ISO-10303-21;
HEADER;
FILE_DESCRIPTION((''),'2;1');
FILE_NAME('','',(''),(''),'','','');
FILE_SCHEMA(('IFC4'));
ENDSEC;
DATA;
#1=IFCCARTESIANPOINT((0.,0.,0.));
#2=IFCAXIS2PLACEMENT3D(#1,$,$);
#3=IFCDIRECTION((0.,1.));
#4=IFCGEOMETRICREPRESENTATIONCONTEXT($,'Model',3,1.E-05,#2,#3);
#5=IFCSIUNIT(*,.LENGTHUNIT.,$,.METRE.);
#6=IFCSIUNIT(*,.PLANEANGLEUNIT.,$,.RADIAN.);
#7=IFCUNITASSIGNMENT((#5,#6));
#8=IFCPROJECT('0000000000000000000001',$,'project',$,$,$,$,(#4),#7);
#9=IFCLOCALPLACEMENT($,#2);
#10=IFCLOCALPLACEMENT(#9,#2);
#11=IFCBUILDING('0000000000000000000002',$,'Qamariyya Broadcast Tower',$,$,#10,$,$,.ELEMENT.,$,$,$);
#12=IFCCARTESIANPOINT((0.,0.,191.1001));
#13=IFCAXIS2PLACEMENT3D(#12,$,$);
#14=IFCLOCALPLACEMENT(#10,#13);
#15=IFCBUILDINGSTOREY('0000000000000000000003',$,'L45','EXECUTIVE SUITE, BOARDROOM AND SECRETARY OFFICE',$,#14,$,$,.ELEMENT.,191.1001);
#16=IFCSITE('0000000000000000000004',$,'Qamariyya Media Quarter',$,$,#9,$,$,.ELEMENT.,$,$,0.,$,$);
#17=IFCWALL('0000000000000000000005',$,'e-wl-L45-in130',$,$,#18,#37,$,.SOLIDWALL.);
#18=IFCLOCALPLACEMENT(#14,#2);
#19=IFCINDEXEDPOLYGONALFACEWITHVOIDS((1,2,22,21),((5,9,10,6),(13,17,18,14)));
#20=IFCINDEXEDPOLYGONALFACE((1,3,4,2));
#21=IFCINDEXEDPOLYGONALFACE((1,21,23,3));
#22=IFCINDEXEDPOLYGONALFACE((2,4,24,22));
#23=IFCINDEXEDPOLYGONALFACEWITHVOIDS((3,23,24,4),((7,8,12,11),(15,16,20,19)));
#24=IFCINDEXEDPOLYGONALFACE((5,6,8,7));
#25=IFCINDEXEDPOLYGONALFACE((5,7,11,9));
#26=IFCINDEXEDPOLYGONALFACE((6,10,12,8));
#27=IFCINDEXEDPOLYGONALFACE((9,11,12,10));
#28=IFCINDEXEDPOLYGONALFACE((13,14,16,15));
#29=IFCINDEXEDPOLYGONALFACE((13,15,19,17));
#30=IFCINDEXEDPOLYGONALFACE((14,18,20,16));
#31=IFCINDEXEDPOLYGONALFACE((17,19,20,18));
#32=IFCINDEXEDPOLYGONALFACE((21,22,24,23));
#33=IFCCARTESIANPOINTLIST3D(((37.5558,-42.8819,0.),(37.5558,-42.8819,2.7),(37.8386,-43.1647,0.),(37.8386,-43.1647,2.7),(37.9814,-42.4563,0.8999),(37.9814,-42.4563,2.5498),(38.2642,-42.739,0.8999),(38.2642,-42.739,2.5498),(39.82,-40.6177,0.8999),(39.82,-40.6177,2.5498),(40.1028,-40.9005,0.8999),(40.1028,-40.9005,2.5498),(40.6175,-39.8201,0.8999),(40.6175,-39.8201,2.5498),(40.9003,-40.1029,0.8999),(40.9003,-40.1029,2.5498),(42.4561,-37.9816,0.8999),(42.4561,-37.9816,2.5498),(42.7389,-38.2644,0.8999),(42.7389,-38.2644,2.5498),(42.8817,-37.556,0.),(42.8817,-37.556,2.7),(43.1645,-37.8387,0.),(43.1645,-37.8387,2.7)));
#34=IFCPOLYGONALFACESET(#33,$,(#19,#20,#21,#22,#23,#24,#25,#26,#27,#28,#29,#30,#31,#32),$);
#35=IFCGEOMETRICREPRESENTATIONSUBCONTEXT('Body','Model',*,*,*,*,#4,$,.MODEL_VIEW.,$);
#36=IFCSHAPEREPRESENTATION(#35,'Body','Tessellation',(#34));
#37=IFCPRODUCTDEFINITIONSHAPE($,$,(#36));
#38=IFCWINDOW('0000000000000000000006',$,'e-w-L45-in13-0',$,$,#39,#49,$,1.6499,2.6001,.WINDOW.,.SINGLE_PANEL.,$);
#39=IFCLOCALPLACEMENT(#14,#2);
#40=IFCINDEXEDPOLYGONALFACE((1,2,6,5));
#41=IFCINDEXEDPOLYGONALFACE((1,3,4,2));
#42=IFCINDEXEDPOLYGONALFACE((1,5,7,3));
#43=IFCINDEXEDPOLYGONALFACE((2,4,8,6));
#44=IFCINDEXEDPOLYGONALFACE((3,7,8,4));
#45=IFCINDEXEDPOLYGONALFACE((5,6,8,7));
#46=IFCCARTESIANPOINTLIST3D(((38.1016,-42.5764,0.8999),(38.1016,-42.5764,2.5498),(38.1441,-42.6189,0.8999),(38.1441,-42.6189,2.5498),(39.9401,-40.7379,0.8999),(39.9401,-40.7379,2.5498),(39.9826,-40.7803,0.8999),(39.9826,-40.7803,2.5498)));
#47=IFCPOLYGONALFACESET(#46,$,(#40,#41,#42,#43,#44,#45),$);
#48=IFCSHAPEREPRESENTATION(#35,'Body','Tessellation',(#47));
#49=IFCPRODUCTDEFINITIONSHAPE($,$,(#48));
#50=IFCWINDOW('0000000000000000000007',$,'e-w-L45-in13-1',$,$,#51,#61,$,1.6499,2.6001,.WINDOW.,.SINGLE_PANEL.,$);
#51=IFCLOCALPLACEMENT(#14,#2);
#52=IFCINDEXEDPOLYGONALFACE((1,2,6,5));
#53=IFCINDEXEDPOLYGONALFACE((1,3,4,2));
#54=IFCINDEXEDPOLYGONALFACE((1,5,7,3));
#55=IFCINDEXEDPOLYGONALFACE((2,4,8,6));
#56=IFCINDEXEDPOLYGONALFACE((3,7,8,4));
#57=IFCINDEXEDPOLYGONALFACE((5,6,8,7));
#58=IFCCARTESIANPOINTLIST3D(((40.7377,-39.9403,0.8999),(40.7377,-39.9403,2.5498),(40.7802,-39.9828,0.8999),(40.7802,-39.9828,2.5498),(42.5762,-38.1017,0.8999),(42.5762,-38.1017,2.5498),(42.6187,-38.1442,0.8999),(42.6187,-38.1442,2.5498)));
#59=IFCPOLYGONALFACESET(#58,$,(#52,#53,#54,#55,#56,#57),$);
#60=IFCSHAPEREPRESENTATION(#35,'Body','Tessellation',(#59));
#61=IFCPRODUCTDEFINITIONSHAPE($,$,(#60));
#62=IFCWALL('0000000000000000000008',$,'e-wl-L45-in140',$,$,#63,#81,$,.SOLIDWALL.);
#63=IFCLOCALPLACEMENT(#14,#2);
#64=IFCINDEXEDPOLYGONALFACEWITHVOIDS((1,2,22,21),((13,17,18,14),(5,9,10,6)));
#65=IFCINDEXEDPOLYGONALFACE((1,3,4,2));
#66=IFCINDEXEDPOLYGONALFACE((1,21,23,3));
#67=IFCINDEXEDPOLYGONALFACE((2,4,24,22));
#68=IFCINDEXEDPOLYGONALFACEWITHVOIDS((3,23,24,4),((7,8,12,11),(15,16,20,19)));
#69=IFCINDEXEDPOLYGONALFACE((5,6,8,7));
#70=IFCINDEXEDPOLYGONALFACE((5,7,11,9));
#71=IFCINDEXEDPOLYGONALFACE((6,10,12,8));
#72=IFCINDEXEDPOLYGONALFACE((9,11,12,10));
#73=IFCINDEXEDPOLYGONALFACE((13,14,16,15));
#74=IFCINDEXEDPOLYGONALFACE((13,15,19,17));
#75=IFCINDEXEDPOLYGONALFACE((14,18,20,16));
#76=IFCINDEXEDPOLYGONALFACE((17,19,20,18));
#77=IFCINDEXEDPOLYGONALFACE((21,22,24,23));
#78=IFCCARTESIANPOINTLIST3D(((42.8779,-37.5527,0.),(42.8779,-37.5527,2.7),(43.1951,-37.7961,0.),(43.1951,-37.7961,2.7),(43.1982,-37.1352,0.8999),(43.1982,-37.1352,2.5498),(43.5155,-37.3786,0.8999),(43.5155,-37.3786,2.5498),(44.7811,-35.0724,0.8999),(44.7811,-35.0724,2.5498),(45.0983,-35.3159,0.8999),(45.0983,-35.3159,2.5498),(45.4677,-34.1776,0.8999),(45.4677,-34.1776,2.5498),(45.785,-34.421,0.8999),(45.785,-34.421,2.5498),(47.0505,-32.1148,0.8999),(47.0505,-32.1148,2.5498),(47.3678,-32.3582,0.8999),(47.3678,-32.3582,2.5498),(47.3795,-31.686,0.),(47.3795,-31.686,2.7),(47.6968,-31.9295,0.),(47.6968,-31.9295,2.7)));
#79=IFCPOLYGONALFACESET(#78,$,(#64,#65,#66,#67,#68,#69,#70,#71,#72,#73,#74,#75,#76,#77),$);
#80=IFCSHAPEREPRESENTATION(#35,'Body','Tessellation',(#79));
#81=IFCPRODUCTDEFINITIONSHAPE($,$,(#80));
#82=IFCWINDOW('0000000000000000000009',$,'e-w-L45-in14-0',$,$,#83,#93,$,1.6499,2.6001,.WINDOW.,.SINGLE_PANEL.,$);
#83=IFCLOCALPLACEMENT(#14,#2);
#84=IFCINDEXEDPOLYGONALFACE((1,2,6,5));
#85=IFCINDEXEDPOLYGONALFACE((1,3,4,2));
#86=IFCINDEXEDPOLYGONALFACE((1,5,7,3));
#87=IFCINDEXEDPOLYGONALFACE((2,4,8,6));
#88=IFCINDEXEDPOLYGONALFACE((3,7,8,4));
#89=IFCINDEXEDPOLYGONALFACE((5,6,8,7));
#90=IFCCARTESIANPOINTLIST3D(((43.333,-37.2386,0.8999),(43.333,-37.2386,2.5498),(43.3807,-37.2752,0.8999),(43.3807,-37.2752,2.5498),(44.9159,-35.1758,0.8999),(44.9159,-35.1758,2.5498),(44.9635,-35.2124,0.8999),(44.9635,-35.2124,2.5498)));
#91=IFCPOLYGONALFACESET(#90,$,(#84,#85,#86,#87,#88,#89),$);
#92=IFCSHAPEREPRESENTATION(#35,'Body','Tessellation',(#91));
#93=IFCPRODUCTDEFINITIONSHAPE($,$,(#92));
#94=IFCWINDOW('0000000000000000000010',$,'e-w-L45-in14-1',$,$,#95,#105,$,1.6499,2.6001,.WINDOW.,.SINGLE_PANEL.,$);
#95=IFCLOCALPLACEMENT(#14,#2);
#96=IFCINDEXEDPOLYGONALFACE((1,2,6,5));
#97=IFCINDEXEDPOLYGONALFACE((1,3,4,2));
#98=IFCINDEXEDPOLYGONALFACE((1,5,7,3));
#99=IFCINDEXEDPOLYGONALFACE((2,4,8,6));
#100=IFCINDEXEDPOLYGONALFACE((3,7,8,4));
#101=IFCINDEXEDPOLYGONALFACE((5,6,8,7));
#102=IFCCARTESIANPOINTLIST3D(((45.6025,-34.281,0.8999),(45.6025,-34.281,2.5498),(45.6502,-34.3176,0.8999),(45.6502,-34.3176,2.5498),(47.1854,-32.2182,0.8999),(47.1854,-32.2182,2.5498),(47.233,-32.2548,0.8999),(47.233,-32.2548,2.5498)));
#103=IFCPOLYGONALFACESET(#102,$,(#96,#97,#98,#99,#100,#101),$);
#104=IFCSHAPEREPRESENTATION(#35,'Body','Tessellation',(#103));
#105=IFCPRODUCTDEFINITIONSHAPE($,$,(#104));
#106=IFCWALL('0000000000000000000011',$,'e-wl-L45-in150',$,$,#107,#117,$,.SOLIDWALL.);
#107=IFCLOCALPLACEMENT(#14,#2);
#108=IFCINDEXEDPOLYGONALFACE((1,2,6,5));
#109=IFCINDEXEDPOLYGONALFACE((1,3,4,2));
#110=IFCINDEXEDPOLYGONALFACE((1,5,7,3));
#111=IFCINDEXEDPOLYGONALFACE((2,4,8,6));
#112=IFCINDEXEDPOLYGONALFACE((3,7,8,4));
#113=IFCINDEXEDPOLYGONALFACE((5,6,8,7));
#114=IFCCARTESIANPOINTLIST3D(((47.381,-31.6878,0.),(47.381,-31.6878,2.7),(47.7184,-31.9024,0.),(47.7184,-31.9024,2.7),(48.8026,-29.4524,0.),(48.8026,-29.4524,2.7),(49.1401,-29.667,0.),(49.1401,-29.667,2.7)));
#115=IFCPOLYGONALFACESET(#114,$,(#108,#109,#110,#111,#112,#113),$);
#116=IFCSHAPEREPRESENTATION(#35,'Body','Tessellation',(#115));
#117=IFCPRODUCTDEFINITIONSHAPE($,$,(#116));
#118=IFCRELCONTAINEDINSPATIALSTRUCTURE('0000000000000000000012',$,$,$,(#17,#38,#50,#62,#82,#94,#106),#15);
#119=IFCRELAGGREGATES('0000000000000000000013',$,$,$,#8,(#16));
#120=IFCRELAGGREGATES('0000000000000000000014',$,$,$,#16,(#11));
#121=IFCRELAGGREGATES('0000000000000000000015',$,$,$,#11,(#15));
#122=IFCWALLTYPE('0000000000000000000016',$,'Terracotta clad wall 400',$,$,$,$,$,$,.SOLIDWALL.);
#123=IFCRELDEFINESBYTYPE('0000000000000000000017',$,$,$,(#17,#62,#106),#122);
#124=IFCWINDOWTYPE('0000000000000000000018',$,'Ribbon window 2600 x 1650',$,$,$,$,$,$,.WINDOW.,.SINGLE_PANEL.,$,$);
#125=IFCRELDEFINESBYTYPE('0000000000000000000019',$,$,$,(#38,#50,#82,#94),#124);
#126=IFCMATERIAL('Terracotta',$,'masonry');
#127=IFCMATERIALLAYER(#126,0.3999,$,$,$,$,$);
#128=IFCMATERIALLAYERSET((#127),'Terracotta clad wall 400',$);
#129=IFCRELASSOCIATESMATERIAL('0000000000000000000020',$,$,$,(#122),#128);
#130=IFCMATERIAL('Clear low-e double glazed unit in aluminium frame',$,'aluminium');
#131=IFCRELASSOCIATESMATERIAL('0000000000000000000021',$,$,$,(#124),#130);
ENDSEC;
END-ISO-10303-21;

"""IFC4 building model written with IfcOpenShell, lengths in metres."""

from ifc_helpers import new_model, si_unit, direction, frame, frame_2d, origin, place, context, subcontext, project, spatial, rectangle, extrude, material, layer, layer_set, type_object, element, fill, save


model = new_model("IFC4")

# Units and contexts
model_context = context("Model", 3, precision=1e-05, world=origin(), true_north=direction((0.0, 1.0)))
body_context = subcontext(model_context, "Body", "Model", "MODEL_VIEW")
ifc_project = project(units=[si_unit("LENGTHUNIT", "METRE"), si_unit("PLANEANGLEUNIT", "RADIAN")], contexts=[model_context])

# Site, building, storey
site_placement = place(None, origin())
site = spatial("IfcSite", under=ifc_project, at=site_placement, Name="Qamariyya Media Quarter", CompositionType="ELEMENT", RefElevation=0.0)
building_placement = place(site_placement, origin())
building = spatial("IfcBuilding", under=site, at=building_placement, Name="Qamariyya Broadcast Tower", CompositionType="ELEMENT")
storey_placement = place(building_placement, frame((0.0, 0.0, 191.1001)))
storey = spatial("IfcBuildingStorey", under=building, at=storey_placement, Name="L45", Description="EXECUTIVE SUITE, BOARDROOM AND SECRETARY OFFICE", CompositionType="ELEMENT", Elevation=191.1001)

# Walls, openings, windows
ifc_material_1 = material(Name="Terracotta", Category="masonry")
ifc_layer_1 = layer(ifc_material_1, 0.3999)
ifc_layer_set_1 = layer_set([ifc_layer_1], Name="Terracotta clad wall 400")
wall_type_1 = type_object("IfcWallType", Name="Terracotta clad wall 400", PredefinedType="SOLIDWALL", material=ifc_layer_set_1)
wall_1_placement = place(storey_placement, frame((43.0232, -37.6973, 0.0), z_axis=(0.0, 0.0, 1.0), x_axis=(-0.707107, -0.707107, 0.0)))
wall_1 = element("IfcWall", 1, at=wall_1_placement, inside=storey, type_object=wall_type_1, Name="e-wl-L45-in130", PredefinedType="SOLIDWALL", context=body_context, shape_type="SweptSolid", body=[
    extrude(rectangle(XDim=7.532, YDim=0.3999, at=frame_2d((3.7661, 0.0))), origin(), (0.0, 0.0, 1.0), 2.7),
])
opening_1_placement = place(wall_1_placement, frame((4.3301, 0.0, 0.8999)))
opening_1 = element("IfcOpeningElement", 2, at=opening_1_placement, cuts=wall_1, PredefinedType="OPENING", context=body_context, shape_type="SweptSolid", body=[
    extrude(rectangle(XDim=2.6001, YDim=1.6499, at=frame_2d((1.3, 0.825))), frame((0.0, 0.21, 0.0), z_axis=(0.0, -1.0, 0.0), x_axis=(1.0, 0.0, 0.0)), (0.0, 0.0, 1.0), 0.4199),
])
opening_2_placement = place(wall_1_placement, frame((0.6021, 0.0, 0.8999)))
opening_2 = element("IfcOpeningElement", 3, at=opening_2_placement, cuts=wall_1, PredefinedType="OPENING", context=body_context, shape_type="SweptSolid", body=[
    extrude(rectangle(XDim=2.6001, YDim=1.6499, at=frame_2d((1.3, 0.825))), frame((0.0, 0.21, 0.0), z_axis=(0.0, -1.0, 0.0), x_axis=(1.0, 0.0, 0.0)), (0.0, 0.0, 1.0), 0.4199),
])
ifc_material_2 = material(Name="Clear low-e double glazed unit in aluminium frame", Category="aluminium")
window_type = type_object("IfcWindowType", Name="Ribbon window 2600 x 1650", PartitioningType="SINGLE_PANEL", PredefinedType="WINDOW", material=ifc_material_2)
window_1_placement = place(opening_1_placement, origin())
window_1 = element("IfcWindow", 4, at=window_1_placement, inside=storey, type_object=window_type, Name="e-w-L45-in13-0", OverallHeight=1.6499, OverallWidth=2.6001, PartitioningType="SINGLE_PANEL", PredefinedType="WINDOW", context=body_context, shape_type="SweptSolid", body=[
    extrude(rectangle(XDim=2.6001, YDim=1.6499, at=frame_2d((1.3, 0.825))), frame((0.0, 0.03, 0.0), z_axis=(0.0, -1.0, 0.0), x_axis=(1.0, 0.0, 0.0)), (0.0, 0.0, 1.0), 0.0601),
])
fill(opening_1, window_1)
window_2_placement = place(opening_2_placement, origin())
window_2 = element("IfcWindow", 5, at=window_2_placement, inside=storey, type_object=window_type, Name="e-w-L45-in13-1", OverallHeight=1.6499, OverallWidth=2.6001, PartitioningType="SINGLE_PANEL", PredefinedType="WINDOW", context=body_context, shape_type="SweptSolid", body=[
    extrude(rectangle(XDim=2.6001, YDim=1.6499, at=frame_2d((1.3, 0.825))), frame((0.0, 0.03, 0.0), z_axis=(0.0, -1.0, 0.0), x_axis=(1.0, 0.0, 0.0)), (0.0, 0.0, 1.0), 0.0601),
])
fill(opening_2, window_2)
wall_2_placement = place(storey_placement, frame((47.5381, -31.8079, 0.0), z_axis=(0.0, 0.0, 1.0), x_axis=(-0.608764, -0.793351, 0.0)))
wall_2 = element("IfcWall", 6, at=wall_2_placement, inside=storey, type_object=wall_type_1, Name="e-wl-L45-in140", PredefinedType="SOLIDWALL", context=body_context, shape_type="SweptSolid", body=[
    extrude(rectangle(XDim=7.3948, YDim=0.3999, at=frame_2d((3.6973, 0.0))), origin(), (0.0, 0.0, 1.0), 2.7),
])
opening_3_placement = place(wall_2_placement, frame((4.2683, 0.0, 0.8999)))
opening_3 = element("IfcOpeningElement", 7, at=opening_3_placement, cuts=wall_2, PredefinedType="OPENING", context=body_context, shape_type="SweptSolid", body=[
    extrude(rectangle(XDim=2.6001, YDim=1.6499, at=frame_2d((1.3, 0.825))), frame((0.0, 0.21, 0.0), z_axis=(0.0, -1.0, 0.0), x_axis=(1.0, 0.0, 0.0)), (0.0, 0.0, 1.0), 0.4199),
])
opening_4_placement = place(wall_2_placement, frame((0.5403, 0.0, 0.8999)))
opening_4 = element("IfcOpeningElement", 8, at=opening_4_placement, cuts=wall_2, PredefinedType="OPENING", context=body_context, shape_type="SweptSolid", body=[
    extrude(rectangle(XDim=2.6001, YDim=1.6499, at=frame_2d((1.3, 0.825))), frame((0.0, 0.21, 0.0), z_axis=(0.0, -1.0, 0.0), x_axis=(1.0, 0.0, 0.0)), (0.0, 0.0, 1.0), 0.4199),
])
window_3_placement = place(opening_3_placement, origin())
window_3 = element("IfcWindow", 9, at=window_3_placement, inside=storey, type_object=window_type, Name="e-w-L45-in14-0", OverallHeight=1.6499, OverallWidth=2.6001, PartitioningType="SINGLE_PANEL", PredefinedType="WINDOW", context=body_context, shape_type="SweptSolid", body=[
    extrude(rectangle(XDim=2.6001, YDim=1.6499, at=frame_2d((1.3, 0.825))), frame((0.0, 0.03, 0.0), z_axis=(0.0, -1.0, 0.0), x_axis=(1.0, 0.0, 0.0)), (0.0, 0.0, 1.0), 0.0601),
])
fill(opening_3, window_3)
window_4_placement = place(opening_4_placement, origin())
window_4 = element("IfcWindow", 10, at=window_4_placement, inside=storey, type_object=window_type, Name="e-w-L45-in14-1", OverallHeight=1.6499, OverallWidth=2.6001, PartitioningType="SINGLE_PANEL", PredefinedType="WINDOW", context=body_context, shape_type="SweptSolid", body=[
    extrude(rectangle(XDim=2.6001, YDim=1.6499, at=frame_2d((1.3, 0.825))), frame((0.0, 0.03, 0.0), z_axis=(0.0, -1.0, 0.0), x_axis=(1.0, 0.0, 0.0)), (0.0, 0.0, 1.0), 0.0601),
])
fill(opening_4, window_4)

# Wall
wall_3_placement = place(storey_placement, frame((48.9714, -29.5596, 0.0), z_axis=(0.0, 0.0, 1.0), x_axis=(-0.536643, -0.843809, 0.0)))
element("IfcWall", 11, at=wall_3_placement, inside=storey, type_object=wall_type_1, Name="e-wl-L45-in150", PredefinedType="SOLIDWALL", context=body_context, shape_type="SweptSolid", body=[
    extrude(rectangle(XDim=2.6492, YDim=0.3999, at=frame_2d((1.3247, 0.0))), origin(), (0.0, 0.0, 1.0), 2.7),
])

save(model, "model.ifc")
